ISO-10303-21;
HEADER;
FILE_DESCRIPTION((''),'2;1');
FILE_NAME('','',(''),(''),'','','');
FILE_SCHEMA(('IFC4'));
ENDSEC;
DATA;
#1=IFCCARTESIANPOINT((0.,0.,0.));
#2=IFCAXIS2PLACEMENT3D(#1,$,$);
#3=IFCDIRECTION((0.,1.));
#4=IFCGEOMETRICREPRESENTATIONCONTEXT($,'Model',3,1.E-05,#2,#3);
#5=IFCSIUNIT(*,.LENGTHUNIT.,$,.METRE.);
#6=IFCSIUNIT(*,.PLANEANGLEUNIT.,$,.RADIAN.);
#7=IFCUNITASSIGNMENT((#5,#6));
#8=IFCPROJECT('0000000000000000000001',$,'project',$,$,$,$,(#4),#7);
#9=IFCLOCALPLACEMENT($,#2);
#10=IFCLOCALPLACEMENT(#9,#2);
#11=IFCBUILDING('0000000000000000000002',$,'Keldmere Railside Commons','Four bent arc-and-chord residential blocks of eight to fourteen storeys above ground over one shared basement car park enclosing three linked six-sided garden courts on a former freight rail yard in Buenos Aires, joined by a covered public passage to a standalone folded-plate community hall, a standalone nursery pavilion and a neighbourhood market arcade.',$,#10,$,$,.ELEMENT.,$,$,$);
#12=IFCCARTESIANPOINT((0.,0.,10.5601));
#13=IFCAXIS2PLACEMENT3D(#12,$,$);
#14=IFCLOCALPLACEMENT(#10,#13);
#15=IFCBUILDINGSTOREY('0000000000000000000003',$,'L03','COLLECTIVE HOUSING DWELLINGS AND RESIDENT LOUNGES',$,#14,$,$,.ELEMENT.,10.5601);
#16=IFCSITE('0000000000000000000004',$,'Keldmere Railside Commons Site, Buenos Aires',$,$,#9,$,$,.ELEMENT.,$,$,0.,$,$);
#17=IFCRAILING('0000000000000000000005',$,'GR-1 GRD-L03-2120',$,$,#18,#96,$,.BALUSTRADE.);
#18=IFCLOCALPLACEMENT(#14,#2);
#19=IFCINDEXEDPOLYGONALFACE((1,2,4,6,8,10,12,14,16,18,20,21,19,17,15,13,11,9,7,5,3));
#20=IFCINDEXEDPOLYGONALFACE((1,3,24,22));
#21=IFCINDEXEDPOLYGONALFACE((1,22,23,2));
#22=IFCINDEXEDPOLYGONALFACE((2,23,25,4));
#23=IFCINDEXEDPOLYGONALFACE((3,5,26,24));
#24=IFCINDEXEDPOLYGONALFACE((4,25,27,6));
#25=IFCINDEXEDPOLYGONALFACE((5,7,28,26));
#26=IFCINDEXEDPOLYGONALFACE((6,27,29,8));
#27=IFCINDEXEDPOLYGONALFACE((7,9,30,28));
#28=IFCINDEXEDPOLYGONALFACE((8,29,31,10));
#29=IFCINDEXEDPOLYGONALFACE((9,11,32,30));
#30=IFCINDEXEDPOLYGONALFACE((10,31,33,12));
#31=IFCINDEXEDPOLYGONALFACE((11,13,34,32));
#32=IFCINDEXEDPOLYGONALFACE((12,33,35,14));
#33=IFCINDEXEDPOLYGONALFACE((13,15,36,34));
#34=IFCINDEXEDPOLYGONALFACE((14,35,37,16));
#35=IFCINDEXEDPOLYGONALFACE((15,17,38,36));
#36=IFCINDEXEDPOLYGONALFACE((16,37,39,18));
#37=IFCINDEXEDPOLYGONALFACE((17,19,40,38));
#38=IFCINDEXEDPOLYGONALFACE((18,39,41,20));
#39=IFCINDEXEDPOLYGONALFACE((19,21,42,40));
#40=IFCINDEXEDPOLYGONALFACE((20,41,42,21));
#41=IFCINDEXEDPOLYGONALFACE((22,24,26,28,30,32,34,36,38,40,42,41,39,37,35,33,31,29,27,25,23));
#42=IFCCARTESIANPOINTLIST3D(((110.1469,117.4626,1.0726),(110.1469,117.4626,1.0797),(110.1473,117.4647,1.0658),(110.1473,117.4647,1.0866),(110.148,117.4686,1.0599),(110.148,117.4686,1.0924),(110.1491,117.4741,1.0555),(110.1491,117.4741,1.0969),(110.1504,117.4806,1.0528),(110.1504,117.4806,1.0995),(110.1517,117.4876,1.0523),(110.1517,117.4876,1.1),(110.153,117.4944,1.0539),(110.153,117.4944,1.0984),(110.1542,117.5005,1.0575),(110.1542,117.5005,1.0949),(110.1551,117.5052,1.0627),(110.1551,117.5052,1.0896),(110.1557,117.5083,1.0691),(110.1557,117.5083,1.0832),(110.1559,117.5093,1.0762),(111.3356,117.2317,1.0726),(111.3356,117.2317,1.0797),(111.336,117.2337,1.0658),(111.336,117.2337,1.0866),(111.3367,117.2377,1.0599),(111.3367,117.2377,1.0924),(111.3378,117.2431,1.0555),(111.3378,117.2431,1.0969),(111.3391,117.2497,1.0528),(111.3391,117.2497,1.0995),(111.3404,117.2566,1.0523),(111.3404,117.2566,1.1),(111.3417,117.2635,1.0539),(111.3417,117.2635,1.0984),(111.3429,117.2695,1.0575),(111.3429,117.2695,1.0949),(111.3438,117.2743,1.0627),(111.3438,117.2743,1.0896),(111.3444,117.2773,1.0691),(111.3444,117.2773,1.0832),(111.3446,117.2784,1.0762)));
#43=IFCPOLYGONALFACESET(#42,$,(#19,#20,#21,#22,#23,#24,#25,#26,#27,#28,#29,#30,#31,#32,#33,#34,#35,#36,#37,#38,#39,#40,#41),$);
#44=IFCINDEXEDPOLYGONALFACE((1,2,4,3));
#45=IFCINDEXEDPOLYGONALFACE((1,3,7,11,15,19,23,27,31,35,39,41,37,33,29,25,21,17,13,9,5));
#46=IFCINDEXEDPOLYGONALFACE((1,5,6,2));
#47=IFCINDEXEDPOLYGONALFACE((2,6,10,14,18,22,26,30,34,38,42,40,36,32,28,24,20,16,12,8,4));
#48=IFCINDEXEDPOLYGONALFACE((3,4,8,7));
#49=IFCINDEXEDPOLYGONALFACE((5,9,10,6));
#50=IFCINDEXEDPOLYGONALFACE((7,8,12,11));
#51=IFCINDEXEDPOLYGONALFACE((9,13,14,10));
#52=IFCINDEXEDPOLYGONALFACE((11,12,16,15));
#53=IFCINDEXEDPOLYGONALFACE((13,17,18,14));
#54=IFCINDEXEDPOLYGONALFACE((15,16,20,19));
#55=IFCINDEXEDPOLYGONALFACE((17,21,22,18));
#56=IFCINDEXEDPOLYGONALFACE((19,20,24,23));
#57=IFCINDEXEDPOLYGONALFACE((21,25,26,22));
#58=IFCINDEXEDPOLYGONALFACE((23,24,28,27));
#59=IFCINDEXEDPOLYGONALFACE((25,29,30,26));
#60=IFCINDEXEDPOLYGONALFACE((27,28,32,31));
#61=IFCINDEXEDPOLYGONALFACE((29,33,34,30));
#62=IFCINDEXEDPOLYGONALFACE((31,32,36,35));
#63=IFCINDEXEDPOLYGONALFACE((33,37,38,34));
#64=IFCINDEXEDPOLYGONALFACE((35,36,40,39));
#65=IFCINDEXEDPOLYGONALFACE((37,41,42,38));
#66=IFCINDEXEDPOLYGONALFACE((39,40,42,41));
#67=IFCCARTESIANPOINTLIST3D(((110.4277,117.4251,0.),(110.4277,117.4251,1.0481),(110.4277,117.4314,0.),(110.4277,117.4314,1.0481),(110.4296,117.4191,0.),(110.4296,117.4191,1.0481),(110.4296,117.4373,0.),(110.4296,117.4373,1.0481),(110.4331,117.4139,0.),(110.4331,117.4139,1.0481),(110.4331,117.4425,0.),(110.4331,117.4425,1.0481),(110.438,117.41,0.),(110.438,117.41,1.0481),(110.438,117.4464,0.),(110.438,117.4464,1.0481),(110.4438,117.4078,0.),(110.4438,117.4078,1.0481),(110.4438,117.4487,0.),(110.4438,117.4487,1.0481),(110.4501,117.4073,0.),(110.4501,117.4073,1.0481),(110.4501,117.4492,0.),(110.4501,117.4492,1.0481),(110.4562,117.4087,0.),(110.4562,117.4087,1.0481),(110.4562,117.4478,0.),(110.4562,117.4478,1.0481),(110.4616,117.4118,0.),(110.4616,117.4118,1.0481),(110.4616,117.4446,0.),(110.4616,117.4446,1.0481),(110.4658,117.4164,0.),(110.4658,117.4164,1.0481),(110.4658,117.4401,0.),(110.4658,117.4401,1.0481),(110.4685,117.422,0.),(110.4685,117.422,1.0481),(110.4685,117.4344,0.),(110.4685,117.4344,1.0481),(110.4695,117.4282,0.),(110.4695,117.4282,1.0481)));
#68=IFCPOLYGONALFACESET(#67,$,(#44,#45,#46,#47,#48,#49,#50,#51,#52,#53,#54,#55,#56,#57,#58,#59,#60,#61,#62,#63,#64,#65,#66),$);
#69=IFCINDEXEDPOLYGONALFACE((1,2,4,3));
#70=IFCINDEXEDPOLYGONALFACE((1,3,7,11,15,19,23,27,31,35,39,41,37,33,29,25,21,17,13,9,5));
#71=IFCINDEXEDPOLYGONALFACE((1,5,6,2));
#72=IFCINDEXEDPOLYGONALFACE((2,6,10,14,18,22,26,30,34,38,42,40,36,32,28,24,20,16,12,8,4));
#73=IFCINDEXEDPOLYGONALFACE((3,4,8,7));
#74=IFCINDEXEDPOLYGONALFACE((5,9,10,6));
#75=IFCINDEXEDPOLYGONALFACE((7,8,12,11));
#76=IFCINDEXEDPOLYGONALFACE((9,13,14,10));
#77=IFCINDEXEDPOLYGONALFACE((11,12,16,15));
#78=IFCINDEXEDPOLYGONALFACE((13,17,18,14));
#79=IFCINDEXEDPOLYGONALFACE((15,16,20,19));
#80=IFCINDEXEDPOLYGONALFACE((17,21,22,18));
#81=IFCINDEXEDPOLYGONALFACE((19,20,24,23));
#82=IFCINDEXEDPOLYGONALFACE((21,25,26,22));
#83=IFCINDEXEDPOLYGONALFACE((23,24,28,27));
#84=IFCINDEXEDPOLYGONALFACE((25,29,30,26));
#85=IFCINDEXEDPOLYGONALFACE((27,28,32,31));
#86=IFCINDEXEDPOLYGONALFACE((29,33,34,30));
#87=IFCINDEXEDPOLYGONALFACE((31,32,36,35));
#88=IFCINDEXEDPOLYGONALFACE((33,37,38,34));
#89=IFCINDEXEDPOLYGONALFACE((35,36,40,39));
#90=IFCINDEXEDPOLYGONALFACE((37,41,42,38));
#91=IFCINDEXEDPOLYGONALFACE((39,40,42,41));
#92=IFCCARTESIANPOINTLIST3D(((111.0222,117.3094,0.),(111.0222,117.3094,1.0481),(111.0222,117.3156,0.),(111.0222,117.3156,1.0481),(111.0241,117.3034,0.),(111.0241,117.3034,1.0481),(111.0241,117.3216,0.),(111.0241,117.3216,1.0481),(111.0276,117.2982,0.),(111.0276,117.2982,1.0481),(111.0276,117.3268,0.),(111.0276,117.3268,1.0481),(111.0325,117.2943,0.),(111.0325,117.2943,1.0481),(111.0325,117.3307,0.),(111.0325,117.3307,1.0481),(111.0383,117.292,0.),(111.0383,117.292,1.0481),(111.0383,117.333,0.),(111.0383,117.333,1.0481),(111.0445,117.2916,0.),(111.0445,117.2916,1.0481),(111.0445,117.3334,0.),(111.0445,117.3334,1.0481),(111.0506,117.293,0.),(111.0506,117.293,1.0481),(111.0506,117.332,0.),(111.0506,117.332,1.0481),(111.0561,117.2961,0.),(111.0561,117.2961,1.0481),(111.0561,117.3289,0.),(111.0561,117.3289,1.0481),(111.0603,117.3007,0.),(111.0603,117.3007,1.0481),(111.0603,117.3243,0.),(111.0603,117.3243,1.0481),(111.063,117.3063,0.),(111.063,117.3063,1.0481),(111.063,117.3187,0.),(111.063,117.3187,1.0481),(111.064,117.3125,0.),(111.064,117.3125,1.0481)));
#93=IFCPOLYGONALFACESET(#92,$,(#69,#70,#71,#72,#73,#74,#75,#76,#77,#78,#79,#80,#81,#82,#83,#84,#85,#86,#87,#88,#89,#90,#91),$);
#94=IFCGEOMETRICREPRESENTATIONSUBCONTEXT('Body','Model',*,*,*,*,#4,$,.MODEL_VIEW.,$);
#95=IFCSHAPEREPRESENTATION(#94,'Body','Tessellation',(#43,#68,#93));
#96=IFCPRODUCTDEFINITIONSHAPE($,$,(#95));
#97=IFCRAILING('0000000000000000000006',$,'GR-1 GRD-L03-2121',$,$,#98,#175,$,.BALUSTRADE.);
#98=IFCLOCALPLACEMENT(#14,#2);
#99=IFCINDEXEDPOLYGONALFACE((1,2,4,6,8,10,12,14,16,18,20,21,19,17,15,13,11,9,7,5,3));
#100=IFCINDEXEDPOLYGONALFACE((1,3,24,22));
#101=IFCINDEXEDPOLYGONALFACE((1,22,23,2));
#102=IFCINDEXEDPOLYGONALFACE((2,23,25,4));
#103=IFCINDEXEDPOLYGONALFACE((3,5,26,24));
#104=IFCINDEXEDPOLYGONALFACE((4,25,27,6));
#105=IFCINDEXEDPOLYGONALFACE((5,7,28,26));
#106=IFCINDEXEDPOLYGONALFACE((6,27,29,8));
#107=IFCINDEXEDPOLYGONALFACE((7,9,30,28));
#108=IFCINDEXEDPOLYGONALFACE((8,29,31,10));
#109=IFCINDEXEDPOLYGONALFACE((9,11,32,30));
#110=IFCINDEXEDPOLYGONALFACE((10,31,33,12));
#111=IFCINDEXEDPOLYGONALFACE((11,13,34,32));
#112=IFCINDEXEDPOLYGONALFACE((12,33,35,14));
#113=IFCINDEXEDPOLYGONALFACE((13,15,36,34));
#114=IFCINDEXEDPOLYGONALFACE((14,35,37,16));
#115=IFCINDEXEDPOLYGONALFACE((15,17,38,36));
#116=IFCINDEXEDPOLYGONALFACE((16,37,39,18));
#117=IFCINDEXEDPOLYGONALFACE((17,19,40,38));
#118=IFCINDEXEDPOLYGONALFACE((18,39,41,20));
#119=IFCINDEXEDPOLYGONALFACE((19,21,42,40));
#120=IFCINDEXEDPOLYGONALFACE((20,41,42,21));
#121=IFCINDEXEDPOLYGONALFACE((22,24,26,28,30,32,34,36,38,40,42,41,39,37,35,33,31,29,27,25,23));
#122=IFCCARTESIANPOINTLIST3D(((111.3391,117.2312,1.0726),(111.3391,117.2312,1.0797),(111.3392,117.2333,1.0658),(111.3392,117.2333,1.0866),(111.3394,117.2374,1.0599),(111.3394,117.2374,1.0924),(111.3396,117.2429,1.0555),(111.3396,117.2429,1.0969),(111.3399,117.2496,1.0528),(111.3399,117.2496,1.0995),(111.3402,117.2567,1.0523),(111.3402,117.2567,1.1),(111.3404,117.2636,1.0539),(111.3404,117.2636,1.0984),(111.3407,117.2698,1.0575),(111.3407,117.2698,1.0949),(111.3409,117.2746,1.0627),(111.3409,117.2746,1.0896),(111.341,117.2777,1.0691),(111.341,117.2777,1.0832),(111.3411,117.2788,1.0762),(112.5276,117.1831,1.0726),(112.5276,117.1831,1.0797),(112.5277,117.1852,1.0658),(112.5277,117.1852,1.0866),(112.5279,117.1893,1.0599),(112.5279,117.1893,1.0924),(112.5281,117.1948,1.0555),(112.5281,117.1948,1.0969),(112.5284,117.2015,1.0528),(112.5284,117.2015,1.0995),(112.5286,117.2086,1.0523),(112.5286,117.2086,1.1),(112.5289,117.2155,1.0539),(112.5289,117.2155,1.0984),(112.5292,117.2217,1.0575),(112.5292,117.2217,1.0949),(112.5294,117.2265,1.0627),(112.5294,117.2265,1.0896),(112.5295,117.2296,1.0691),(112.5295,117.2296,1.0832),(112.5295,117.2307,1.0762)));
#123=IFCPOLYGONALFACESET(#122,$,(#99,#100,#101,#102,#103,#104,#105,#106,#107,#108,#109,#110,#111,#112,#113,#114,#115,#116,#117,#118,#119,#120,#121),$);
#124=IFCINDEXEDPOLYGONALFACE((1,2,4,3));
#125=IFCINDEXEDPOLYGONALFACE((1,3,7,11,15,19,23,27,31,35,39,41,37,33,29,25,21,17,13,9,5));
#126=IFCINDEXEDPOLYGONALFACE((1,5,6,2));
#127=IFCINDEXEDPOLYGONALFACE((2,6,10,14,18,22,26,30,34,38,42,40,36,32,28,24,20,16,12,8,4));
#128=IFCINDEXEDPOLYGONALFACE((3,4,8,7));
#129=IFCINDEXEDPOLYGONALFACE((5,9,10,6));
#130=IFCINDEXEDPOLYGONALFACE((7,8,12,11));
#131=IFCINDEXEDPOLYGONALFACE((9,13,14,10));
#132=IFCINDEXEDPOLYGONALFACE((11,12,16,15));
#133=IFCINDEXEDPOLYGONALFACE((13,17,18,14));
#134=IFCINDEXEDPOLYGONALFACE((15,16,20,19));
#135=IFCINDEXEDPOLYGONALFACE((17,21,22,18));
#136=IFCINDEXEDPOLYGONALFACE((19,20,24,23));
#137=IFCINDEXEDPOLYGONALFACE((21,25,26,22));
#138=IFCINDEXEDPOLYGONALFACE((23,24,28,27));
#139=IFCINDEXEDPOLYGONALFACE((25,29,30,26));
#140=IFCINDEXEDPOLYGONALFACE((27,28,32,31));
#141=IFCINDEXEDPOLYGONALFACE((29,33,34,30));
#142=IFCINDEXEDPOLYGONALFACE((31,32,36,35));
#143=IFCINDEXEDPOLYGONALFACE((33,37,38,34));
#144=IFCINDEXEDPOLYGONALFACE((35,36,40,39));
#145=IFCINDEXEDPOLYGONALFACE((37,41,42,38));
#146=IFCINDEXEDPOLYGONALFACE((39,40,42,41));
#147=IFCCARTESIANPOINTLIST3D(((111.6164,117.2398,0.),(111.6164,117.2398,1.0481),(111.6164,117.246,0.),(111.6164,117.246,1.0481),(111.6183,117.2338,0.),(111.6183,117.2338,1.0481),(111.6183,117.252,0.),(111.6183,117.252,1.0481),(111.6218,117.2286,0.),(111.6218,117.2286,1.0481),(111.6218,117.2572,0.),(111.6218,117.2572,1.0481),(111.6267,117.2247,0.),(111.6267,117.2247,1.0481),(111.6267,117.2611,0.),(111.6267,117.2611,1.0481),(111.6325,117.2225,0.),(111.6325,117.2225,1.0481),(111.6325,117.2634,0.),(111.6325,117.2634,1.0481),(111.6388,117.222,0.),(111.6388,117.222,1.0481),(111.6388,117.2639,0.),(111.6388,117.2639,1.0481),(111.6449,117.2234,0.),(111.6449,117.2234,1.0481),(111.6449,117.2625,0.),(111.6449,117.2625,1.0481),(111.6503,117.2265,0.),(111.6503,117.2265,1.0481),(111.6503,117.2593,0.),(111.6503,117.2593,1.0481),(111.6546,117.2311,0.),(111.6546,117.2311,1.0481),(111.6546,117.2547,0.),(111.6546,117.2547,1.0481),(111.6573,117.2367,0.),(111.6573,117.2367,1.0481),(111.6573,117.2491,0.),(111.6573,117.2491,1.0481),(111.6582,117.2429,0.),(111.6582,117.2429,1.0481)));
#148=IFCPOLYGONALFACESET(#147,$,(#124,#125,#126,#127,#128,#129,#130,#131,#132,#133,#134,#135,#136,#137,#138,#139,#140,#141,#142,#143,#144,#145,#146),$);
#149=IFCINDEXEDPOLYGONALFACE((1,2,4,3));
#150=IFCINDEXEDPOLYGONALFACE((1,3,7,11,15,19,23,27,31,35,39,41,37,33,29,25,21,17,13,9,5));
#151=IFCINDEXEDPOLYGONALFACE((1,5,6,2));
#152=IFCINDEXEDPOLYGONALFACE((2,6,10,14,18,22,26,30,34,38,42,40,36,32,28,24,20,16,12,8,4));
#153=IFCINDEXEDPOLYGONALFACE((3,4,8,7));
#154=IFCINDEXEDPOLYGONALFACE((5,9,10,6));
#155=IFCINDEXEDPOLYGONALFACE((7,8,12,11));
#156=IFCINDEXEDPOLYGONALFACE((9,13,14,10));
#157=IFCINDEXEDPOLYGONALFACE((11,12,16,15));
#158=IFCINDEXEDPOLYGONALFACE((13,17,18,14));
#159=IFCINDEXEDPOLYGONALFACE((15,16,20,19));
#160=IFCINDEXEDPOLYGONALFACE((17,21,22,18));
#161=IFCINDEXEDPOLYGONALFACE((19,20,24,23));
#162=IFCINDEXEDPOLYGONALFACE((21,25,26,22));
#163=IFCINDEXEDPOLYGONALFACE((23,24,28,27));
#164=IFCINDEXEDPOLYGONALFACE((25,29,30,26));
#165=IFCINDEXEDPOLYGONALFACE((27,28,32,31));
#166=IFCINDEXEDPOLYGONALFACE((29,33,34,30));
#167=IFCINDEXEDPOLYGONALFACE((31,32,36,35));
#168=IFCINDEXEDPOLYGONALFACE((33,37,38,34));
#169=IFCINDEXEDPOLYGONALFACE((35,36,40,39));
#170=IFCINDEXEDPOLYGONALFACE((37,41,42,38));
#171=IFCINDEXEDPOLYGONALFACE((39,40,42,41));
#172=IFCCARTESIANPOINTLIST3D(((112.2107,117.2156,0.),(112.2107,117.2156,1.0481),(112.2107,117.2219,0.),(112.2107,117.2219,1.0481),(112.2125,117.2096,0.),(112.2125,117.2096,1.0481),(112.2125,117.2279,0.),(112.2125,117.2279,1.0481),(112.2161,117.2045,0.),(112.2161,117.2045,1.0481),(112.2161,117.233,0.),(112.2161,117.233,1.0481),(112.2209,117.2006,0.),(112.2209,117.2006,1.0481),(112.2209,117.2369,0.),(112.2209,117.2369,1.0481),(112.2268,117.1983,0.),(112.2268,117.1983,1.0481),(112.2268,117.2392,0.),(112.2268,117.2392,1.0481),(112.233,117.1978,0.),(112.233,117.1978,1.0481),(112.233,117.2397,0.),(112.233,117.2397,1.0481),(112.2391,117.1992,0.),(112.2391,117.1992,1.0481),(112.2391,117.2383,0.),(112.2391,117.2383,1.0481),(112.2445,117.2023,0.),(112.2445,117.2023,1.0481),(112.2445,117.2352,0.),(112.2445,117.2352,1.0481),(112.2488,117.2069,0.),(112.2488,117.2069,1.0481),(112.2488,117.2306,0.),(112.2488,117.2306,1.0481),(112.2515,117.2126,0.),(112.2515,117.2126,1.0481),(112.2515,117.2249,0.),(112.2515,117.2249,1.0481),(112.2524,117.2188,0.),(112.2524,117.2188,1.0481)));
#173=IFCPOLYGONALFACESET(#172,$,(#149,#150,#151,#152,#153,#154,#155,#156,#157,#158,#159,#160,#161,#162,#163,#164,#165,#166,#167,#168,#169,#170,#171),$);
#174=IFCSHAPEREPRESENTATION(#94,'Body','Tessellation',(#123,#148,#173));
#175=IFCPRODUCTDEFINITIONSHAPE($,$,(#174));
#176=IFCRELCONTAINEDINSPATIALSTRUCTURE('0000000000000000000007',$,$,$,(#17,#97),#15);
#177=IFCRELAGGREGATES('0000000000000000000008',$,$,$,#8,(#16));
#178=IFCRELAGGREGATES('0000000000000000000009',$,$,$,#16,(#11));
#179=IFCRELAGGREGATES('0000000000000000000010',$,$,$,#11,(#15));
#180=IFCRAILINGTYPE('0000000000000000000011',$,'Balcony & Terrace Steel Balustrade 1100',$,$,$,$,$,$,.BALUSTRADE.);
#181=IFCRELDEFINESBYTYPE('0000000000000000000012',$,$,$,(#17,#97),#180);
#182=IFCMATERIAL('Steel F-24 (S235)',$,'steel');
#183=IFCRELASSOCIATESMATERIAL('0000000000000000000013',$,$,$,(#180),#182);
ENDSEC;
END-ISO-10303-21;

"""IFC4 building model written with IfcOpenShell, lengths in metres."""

from ifc_helpers import new_model, si_unit, direction, frame, origin, origin_2d, place, context, subcontext, project, spatial, circle, extrude, material, type_object, element, save


model = new_model("IFC4")

# Units and contexts
model_context = context("Model", 3, precision=1e-05, world=origin(), true_north=direction((0.0, 1.0)))
body_context = subcontext(model_context, "Body", "Model", "MODEL_VIEW")
ifc_project = project(units=[si_unit("LENGTHUNIT", "METRE"), si_unit("PLANEANGLEUNIT", "RADIAN")], contexts=[model_context])

# Site, building, storey
site_placement = place(None, origin())
site = spatial("IfcSite", under=ifc_project, at=site_placement, Name="Keldmere Railside Commons Site, Buenos Aires", CompositionType="ELEMENT", RefElevation=0.0)
building_placement = place(site_placement, origin())
building = spatial("IfcBuilding", under=site, at=building_placement, Name="Keldmere Railside Commons", Description="Four bent arc-and-chord residential blocks of eight to fourteen storeys above ground over one shared basement car park enclosing three linked six-sided garden courts on a former freight rail yard in Buenos Aires, joined by a covered public passage to a standalone folded-plate community hall, a standalone nursery pavilion and a neighbourhood market arcade.", CompositionType="ELEMENT")
storey_placement = place(building_placement, frame((0.0, 0.0, 10.5601)))
storey = spatial("IfcBuildingStorey", under=building, at=storey_placement, Name="L03", Description="COLLECTIVE HOUSING DWELLINGS AND RESIDENT LOUNGES", CompositionType="ELEMENT", Elevation=10.5601)

# Railings
ifc_material_1 = material(Name="Steel F-24 (S235)", Category="steel")
railing_type = type_object("IfcRailingType", Name="Balcony & Terrace Steel Balustrade 1100", PredefinedType="BALUSTRADE", material=ifc_material_1)
railing_1_placement = place(storey_placement, frame((110.1514, 117.4858, 0.0)))
element("IfcRailing", 1, at=railing_1_placement, inside=storey, type_object=railing_type, Name="GR-1 GRD-L03-2120", PredefinedType="BALUSTRADE", context=body_context, shape_type="SweptSolid", body=[
    extrude(circle(Radius=0.0239, at=origin_2d()), frame((0.0, 0.0, 1.0762), z_axis=(0.981644, -0.190724, 0.0), x_axis=(0.190724, 0.981644, 0.0)), (0.0, 0.0, 1.0), 1.2109),
    extrude(circle(Radius=0.021, at=origin_2d()), frame((0.2971, -0.0576, 0.0)), (0.0, 0.0, 1.0), 1.0481),
    extrude(circle(Radius=0.021, at=origin_2d()), frame((0.8916, -0.1733, 0.0)), (0.0, 0.0, 1.0), 1.0481),
])
railing_2_placement = place(storey_placement, frame((111.3401, 117.2549, 0.0)))
element("IfcRailing", 2, at=railing_2_placement, inside=storey, type_object=railing_type, Name="GR-1 GRD-L03-2121", PredefinedType="BALUSTRADE", context=body_context, shape_type="SweptSolid", body=[
    extrude(circle(Radius=0.0239, at=origin_2d()), frame((0.0, 0.0, 1.0762), z_axis=(0.999182, -0.040435, 0.0), x_axis=(0.040435, 0.999182, 0.0)), (0.0, 0.0, 1.0), 1.1895),
    extrude(circle(Radius=0.021, at=origin_2d()), frame((0.2971, -0.012, 0.0)), (0.0, 0.0, 1.0), 1.0481),
    extrude(circle(Radius=0.021, at=origin_2d()), frame((0.8914, -0.0361, 0.0)), (0.0, 0.0, 1.0), 1.0481),
])

save(model, "model.ifc")
